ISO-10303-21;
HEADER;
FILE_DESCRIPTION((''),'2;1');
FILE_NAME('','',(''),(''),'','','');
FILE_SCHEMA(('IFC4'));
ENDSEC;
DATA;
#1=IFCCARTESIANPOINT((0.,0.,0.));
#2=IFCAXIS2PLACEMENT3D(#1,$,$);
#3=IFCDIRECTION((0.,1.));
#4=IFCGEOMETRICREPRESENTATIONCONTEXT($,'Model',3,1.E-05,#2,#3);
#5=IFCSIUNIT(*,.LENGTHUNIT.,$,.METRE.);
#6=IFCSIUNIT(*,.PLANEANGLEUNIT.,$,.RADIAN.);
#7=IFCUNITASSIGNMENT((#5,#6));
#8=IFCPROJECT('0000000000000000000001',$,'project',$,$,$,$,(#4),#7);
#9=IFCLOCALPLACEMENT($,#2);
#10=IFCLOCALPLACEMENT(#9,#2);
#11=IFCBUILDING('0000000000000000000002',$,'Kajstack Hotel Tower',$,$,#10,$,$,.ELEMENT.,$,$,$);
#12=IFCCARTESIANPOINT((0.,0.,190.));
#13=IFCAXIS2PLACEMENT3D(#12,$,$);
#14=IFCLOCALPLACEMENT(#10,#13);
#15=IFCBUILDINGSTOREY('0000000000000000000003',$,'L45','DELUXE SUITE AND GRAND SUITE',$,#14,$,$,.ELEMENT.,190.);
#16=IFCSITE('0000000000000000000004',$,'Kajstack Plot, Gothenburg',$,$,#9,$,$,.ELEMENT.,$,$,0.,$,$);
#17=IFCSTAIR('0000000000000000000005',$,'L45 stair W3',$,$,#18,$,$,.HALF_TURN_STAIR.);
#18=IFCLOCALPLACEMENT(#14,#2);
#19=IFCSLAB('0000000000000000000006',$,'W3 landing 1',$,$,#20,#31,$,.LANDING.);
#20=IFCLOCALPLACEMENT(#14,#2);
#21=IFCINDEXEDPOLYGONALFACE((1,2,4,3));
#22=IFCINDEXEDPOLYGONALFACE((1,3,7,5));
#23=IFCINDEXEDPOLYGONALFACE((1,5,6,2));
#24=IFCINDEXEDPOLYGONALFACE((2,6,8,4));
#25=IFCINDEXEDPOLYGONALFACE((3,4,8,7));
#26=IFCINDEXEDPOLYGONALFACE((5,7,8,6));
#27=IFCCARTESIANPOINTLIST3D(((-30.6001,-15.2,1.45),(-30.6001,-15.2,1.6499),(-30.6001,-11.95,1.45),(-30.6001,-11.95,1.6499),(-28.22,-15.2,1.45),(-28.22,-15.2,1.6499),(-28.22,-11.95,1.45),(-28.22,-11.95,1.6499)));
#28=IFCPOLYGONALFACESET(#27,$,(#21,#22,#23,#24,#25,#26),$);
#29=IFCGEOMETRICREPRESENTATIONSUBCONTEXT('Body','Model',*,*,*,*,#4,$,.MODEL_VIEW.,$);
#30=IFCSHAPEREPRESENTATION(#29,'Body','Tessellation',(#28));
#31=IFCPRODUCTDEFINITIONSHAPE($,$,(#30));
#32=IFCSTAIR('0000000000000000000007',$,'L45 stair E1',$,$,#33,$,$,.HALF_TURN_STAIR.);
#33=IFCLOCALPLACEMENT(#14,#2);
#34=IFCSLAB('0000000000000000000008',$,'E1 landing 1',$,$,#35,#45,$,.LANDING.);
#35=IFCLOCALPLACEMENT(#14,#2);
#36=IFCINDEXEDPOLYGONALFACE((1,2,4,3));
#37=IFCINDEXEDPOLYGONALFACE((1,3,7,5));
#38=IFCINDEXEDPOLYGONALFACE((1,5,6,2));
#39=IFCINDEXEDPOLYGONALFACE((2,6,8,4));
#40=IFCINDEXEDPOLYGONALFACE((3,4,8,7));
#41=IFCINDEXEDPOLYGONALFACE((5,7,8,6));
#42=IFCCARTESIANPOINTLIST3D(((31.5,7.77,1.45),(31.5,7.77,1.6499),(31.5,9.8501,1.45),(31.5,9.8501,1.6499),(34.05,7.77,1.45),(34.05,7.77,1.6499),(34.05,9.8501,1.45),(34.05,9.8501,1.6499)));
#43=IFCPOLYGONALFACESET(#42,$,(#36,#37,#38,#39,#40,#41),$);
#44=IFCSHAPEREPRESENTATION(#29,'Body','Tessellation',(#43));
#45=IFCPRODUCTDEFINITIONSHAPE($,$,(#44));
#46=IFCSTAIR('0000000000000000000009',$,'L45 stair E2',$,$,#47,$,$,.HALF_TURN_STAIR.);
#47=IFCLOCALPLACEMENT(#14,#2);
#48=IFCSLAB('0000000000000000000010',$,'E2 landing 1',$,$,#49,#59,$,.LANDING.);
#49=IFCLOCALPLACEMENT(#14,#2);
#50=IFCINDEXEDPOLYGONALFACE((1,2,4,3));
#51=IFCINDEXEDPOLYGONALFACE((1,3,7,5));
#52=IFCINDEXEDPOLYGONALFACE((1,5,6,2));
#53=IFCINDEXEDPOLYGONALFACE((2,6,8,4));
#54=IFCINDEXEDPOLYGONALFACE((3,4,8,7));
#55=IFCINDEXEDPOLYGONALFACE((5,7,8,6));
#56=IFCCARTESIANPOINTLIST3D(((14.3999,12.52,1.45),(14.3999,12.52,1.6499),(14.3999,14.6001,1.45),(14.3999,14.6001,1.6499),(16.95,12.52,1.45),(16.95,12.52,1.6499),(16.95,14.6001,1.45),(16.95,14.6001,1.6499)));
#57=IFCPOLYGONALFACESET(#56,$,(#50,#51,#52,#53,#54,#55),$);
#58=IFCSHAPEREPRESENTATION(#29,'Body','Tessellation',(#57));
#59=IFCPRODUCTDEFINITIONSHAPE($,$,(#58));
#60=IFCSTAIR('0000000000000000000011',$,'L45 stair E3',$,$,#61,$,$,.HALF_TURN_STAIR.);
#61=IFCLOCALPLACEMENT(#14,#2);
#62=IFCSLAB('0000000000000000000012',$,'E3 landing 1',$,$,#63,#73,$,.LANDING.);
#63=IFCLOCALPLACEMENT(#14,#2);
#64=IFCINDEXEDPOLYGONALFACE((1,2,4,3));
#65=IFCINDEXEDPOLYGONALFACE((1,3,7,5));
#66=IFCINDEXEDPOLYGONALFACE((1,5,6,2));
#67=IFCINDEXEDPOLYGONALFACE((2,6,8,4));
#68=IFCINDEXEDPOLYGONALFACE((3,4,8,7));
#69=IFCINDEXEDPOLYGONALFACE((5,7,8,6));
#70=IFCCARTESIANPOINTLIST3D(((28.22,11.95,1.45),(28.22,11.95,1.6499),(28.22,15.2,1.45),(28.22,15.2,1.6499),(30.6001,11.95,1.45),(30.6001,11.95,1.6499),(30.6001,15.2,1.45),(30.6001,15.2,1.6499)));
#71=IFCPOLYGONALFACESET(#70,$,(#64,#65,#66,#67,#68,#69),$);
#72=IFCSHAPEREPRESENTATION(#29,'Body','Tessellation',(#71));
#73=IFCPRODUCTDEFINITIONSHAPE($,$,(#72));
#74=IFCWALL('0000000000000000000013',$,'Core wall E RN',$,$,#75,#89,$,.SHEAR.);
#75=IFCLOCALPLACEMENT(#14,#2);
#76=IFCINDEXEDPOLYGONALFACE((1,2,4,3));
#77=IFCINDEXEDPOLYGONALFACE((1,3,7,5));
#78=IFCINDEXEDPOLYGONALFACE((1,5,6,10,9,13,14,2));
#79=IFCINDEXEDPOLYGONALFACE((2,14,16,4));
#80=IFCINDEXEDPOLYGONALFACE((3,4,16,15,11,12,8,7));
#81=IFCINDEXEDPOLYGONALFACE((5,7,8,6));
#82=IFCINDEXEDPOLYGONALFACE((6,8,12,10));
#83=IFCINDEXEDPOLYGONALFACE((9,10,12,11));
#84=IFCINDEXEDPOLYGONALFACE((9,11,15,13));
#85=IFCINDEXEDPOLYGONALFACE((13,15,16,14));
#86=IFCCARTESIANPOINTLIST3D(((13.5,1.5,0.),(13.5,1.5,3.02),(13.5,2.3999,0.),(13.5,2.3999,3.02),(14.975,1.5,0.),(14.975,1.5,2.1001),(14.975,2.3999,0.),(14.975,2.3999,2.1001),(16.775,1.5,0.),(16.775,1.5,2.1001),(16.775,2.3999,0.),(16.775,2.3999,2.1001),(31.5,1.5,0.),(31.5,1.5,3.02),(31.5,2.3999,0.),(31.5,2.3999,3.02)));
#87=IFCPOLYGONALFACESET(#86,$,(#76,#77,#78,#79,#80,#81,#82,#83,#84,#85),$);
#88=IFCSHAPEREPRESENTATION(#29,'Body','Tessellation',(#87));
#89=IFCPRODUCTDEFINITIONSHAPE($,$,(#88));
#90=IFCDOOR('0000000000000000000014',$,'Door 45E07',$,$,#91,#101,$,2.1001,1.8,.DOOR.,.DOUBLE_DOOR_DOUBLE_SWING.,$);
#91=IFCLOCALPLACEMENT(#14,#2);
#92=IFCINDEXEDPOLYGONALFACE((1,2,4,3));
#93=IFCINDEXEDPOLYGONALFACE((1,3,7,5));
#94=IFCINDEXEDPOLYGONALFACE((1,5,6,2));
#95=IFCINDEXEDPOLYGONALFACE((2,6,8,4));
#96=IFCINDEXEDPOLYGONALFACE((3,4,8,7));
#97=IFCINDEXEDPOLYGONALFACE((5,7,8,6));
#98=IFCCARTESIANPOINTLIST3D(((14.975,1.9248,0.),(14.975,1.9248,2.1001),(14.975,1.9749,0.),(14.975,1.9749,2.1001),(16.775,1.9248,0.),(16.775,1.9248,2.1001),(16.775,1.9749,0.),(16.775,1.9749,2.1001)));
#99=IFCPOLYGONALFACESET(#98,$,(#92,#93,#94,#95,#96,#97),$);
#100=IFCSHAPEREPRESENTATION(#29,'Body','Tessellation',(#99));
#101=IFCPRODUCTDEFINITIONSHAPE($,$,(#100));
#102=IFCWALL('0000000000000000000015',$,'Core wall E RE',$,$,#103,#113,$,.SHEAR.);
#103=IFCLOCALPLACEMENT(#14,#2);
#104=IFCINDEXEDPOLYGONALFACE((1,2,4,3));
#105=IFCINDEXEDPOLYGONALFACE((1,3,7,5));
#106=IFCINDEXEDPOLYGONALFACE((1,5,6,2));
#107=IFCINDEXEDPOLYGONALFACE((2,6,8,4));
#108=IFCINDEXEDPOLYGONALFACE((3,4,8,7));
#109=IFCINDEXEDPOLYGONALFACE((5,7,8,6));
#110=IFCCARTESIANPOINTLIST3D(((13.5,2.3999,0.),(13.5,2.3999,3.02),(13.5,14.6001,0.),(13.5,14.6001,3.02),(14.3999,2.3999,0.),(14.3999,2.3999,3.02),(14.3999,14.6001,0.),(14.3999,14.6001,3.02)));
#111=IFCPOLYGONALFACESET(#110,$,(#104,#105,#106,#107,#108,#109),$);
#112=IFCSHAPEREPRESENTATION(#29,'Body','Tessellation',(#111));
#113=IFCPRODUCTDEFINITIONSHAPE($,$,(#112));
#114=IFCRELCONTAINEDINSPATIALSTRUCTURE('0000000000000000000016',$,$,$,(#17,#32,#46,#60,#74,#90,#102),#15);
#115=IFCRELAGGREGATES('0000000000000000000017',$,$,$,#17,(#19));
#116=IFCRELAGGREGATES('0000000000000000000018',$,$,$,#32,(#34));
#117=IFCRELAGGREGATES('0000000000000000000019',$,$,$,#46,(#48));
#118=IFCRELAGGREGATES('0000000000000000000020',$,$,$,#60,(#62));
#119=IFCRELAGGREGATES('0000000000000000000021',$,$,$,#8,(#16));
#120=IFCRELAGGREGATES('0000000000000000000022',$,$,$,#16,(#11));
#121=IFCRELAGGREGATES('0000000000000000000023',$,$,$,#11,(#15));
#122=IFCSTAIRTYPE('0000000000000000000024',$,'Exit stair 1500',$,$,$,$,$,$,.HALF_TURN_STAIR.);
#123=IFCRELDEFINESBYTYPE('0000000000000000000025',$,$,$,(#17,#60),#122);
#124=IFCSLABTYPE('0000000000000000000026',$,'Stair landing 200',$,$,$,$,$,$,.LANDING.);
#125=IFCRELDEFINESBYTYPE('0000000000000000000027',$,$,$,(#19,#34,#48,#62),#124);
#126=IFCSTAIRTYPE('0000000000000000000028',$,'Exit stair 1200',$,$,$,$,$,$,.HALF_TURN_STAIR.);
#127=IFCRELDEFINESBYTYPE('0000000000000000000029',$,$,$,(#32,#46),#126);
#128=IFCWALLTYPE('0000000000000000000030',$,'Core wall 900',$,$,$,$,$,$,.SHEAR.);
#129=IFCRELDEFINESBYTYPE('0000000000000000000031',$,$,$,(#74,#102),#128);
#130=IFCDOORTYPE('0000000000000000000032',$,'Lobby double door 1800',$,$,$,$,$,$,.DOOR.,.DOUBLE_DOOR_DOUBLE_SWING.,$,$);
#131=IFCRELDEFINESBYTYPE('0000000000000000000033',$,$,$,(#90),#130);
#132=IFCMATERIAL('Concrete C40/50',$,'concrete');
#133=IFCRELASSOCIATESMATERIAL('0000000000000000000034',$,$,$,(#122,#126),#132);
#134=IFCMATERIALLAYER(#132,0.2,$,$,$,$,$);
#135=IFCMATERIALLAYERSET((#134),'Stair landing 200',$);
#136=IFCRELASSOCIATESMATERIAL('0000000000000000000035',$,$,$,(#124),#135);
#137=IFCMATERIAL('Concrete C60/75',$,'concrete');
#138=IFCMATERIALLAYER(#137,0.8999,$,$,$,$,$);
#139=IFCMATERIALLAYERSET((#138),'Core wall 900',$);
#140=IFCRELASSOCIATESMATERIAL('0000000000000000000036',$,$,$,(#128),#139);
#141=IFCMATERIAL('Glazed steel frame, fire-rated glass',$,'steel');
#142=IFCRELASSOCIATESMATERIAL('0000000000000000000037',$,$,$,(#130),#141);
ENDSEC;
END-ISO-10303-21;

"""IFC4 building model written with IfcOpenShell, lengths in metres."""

from ifc_helpers import new_model, si_unit, direction, frame, frame_2d, origin, place, context, subcontext, project, spatial, polyline, rectangle, outline, extrude, material, layer, layer_set, type_object, element, fill, aggregate, save


model = new_model("IFC4")

# Units and contexts
model_context = context("Model", 3, precision=1e-05, world=origin(), true_north=direction((0.0, 1.0)))
body_context = subcontext(model_context, "Body", "Model", "MODEL_VIEW")
ifc_project = project(units=[si_unit("LENGTHUNIT", "METRE"), si_unit("PLANEANGLEUNIT", "RADIAN")], contexts=[model_context])

# Site, building, storey
site_placement = place(None, origin())
site = spatial("IfcSite", under=ifc_project, at=site_placement, Name="Kajstack Plot, Gothenburg", CompositionType="ELEMENT", RefElevation=0.0)
building_placement = place(site_placement, origin())
building = spatial("IfcBuilding", under=site, at=building_placement, Name="Kajstack Hotel Tower", CompositionType="ELEMENT")
storey_placement = place(building_placement, frame((0.0, 0.0, 190.0)))
storey = spatial("IfcBuildingStorey", under=building, at=storey_placement, Name="L45", Description="DELUXE SUITE AND GRAND SUITE", CompositionType="ELEMENT", Elevation=190.0)

# Stairs, slabs
ifc_material_1 = material(Name="Concrete C40/50", Category="concrete")
stair_type_1 = type_object("IfcStairType", Name="Exit stair 1500", PredefinedType="HALF_TURN_STAIR", material=ifc_material_1)
stair_1_placement = place(storey_placement, origin())
stair_1 = element("IfcStair", 1, at=stair_1_placement, inside=storey, type_object=stair_type_1, Name="L45 stair W3", PredefinedType="HALF_TURN_STAIR")
ifc_layer_1 = layer(ifc_material_1, 0.2)
ifc_layer_set_1 = layer_set([ifc_layer_1], Name="Stair landing 200")
slab_type = type_object("IfcSlabType", Name="Stair landing 200", PredefinedType="LANDING", material=ifc_layer_set_1)
slab_1_placement = place(storey_placement, frame((0.0, 0.0, 1.45)))
slab_1 = element("IfcSlab", 2, at=slab_1_placement, type_object=slab_type, Name="W3 landing 1", PredefinedType="LANDING", context=body_context, shape_type="SweptSolid", body=[
    extrude(outline(polyline([(-28.22, -11.95), (-30.6001, -11.95), (-30.6001, -15.2), (-28.22, -15.2), (-28.22, -11.95)])), origin(), (0.0, 0.0, 1.0), 0.2),
])
aggregate(stair_1, [slab_1])
stair_type_2 = type_object("IfcStairType", Name="Exit stair 1200", PredefinedType="HALF_TURN_STAIR", material=ifc_material_1)
stair_2_placement = place(storey_placement, origin())
stair_2 = element("IfcStair", 3, at=stair_2_placement, inside=storey, type_object=stair_type_2, Name="L45 stair E1", PredefinedType="HALF_TURN_STAIR")
slab_2_placement = place(storey_placement, frame((0.0, 0.0, 1.45)))
slab_2 = element("IfcSlab", 4, at=slab_2_placement, type_object=slab_type, Name="E1 landing 1", PredefinedType="LANDING", context=body_context, shape_type="SweptSolid", body=[
    extrude(outline(polyline([(34.05, 7.77), (34.05, 9.8501), (31.5, 9.8501), (31.5, 7.77), (34.05, 7.77)])), origin(), (0.0, 0.0, 1.0), 0.2),
])
aggregate(stair_2, [slab_2])
stair_3_placement = place(storey_placement, origin())
stair_3 = element("IfcStair", 5, at=stair_3_placement, inside=storey, type_object=stair_type_2, Name="L45 stair E2", PredefinedType="HALF_TURN_STAIR")
slab_3_placement = place(storey_placement, frame((0.0, 0.0, 1.45)))
slab_3 = element("IfcSlab", 6, at=slab_3_placement, type_object=slab_type, Name="E2 landing 1", PredefinedType="LANDING", context=body_context, shape_type="SweptSolid", body=[
    extrude(outline(polyline([(16.95, 12.52), (16.95, 14.6001), (14.3999, 14.6001), (14.3999, 12.52), (16.95, 12.52)])), origin(), (0.0, 0.0, 1.0), 0.2),
])
aggregate(stair_3, [slab_3])
stair_4_placement = place(storey_placement, origin())
stair_4 = element("IfcStair", 7, at=stair_4_placement, inside=storey, type_object=stair_type_1, Name="L45 stair E3", PredefinedType="HALF_TURN_STAIR")
slab_4_placement = place(storey_placement, frame((0.0, 0.0, 1.45)))
slab_4 = element("IfcSlab", 8, at=slab_4_placement, type_object=slab_type, Name="E3 landing 1", PredefinedType="LANDING", context=body_context, shape_type="SweptSolid", body=[
    extrude(outline(polyline([(28.22, 11.95), (30.6001, 11.95), (30.6001, 15.2), (28.22, 15.2), (28.22, 11.95)])), origin(), (0.0, 0.0, 1.0), 0.2),
])
aggregate(stair_4, [slab_4])

# Wall, opening, door
ifc_material_2 = material(Name="Concrete C60/75", Category="concrete")
ifc_layer_2 = layer(ifc_material_2, 0.8999)
ifc_layer_set_2 = layer_set([ifc_layer_2], Name="Core wall 900")
wall_type_1 = type_object("IfcWallType", Name="Core wall 900", PredefinedType="SHEAR", material=ifc_layer_set_2)
wall_1_placement = place(storey_placement, frame((13.5, 1.95, 0.0), z_axis=(0.0, 0.0, 1.0), x_axis=(1.0, 0.0, 0.0)))
wall_1 = element("IfcWall", 9, at=wall_1_placement, inside=storey, type_object=wall_type_1, Name="Core wall E RN", PredefinedType="SHEAR", context=body_context, shape_type="SweptSolid", body=[
    extrude(rectangle(XDim=18.0, YDim=0.8999, at=frame_2d((9.0, 0.0))), origin(), (0.0, 0.0, 1.0), 3.02),
])
opening_1_placement = place(wall_1_placement, frame((1.4751, 0.0, 0.0)))
opening_1 = element("IfcOpeningElement", 10, at=opening_1_placement, cuts=wall_1, PredefinedType="OPENING", context=body_context, shape_type="SweptSolid", body=[
    extrude(rectangle(XDim=1.8, YDim=2.1001, at=frame_2d((0.8999, 1.05))), frame((0.0, 0.46, 0.0), z_axis=(0.0, -1.0, 0.0), x_axis=(1.0, 0.0, 0.0)), (0.0, 0.0, 1.0), 0.9199),
])
ifc_material_3 = material(Name="Glazed steel frame, fire-rated glass", Category="steel")
door_type_1 = type_object("IfcDoorType", Name="Lobby double door 1800", OperationType="DOUBLE_DOOR_DOUBLE_SWING", PredefinedType="DOOR", material=ifc_material_3)
door_1_placement = place(opening_1_placement, origin())
door_1 = element("IfcDoor", 11, at=door_1_placement, inside=storey, type_object=door_type_1, Name="Door 45E07", OperationType="DOUBLE_DOOR_DOUBLE_SWING", OverallHeight=2.1001, OverallWidth=1.8, PredefinedType="DOOR", context=body_context, shape_type="SweptSolid", body=[
    extrude(rectangle(XDim=1.8, YDim=2.1001, at=frame_2d((0.8999, 1.05))), frame((0.0, 0.0249, 0.0), z_axis=(0.0, -1.0, 0.0), x_axis=(1.0, 0.0, 0.0)), (0.0, 0.0, 1.0), 0.05),
])
fill(opening_1, door_1)

# Wall
wall_2_placement = place(storey_placement, frame((13.95, 2.3999, 0.0), z_axis=(0.0, 0.0, 1.0), x_axis=(0.0, 1.0, 0.0)))
element("IfcWall", 12, at=wall_2_placement, inside=storey, type_object=wall_type_1, Name="Core wall E RE", PredefinedType="SHEAR", context=body_context, shape_type="SweptSolid", body=[
    extrude(rectangle(XDim=12.2002, YDim=0.8999, at=frame_2d((6.1001, 0.0))), origin(), (0.0, 0.0, 1.0), 3.02),
])

save(model, "model.ifc")
